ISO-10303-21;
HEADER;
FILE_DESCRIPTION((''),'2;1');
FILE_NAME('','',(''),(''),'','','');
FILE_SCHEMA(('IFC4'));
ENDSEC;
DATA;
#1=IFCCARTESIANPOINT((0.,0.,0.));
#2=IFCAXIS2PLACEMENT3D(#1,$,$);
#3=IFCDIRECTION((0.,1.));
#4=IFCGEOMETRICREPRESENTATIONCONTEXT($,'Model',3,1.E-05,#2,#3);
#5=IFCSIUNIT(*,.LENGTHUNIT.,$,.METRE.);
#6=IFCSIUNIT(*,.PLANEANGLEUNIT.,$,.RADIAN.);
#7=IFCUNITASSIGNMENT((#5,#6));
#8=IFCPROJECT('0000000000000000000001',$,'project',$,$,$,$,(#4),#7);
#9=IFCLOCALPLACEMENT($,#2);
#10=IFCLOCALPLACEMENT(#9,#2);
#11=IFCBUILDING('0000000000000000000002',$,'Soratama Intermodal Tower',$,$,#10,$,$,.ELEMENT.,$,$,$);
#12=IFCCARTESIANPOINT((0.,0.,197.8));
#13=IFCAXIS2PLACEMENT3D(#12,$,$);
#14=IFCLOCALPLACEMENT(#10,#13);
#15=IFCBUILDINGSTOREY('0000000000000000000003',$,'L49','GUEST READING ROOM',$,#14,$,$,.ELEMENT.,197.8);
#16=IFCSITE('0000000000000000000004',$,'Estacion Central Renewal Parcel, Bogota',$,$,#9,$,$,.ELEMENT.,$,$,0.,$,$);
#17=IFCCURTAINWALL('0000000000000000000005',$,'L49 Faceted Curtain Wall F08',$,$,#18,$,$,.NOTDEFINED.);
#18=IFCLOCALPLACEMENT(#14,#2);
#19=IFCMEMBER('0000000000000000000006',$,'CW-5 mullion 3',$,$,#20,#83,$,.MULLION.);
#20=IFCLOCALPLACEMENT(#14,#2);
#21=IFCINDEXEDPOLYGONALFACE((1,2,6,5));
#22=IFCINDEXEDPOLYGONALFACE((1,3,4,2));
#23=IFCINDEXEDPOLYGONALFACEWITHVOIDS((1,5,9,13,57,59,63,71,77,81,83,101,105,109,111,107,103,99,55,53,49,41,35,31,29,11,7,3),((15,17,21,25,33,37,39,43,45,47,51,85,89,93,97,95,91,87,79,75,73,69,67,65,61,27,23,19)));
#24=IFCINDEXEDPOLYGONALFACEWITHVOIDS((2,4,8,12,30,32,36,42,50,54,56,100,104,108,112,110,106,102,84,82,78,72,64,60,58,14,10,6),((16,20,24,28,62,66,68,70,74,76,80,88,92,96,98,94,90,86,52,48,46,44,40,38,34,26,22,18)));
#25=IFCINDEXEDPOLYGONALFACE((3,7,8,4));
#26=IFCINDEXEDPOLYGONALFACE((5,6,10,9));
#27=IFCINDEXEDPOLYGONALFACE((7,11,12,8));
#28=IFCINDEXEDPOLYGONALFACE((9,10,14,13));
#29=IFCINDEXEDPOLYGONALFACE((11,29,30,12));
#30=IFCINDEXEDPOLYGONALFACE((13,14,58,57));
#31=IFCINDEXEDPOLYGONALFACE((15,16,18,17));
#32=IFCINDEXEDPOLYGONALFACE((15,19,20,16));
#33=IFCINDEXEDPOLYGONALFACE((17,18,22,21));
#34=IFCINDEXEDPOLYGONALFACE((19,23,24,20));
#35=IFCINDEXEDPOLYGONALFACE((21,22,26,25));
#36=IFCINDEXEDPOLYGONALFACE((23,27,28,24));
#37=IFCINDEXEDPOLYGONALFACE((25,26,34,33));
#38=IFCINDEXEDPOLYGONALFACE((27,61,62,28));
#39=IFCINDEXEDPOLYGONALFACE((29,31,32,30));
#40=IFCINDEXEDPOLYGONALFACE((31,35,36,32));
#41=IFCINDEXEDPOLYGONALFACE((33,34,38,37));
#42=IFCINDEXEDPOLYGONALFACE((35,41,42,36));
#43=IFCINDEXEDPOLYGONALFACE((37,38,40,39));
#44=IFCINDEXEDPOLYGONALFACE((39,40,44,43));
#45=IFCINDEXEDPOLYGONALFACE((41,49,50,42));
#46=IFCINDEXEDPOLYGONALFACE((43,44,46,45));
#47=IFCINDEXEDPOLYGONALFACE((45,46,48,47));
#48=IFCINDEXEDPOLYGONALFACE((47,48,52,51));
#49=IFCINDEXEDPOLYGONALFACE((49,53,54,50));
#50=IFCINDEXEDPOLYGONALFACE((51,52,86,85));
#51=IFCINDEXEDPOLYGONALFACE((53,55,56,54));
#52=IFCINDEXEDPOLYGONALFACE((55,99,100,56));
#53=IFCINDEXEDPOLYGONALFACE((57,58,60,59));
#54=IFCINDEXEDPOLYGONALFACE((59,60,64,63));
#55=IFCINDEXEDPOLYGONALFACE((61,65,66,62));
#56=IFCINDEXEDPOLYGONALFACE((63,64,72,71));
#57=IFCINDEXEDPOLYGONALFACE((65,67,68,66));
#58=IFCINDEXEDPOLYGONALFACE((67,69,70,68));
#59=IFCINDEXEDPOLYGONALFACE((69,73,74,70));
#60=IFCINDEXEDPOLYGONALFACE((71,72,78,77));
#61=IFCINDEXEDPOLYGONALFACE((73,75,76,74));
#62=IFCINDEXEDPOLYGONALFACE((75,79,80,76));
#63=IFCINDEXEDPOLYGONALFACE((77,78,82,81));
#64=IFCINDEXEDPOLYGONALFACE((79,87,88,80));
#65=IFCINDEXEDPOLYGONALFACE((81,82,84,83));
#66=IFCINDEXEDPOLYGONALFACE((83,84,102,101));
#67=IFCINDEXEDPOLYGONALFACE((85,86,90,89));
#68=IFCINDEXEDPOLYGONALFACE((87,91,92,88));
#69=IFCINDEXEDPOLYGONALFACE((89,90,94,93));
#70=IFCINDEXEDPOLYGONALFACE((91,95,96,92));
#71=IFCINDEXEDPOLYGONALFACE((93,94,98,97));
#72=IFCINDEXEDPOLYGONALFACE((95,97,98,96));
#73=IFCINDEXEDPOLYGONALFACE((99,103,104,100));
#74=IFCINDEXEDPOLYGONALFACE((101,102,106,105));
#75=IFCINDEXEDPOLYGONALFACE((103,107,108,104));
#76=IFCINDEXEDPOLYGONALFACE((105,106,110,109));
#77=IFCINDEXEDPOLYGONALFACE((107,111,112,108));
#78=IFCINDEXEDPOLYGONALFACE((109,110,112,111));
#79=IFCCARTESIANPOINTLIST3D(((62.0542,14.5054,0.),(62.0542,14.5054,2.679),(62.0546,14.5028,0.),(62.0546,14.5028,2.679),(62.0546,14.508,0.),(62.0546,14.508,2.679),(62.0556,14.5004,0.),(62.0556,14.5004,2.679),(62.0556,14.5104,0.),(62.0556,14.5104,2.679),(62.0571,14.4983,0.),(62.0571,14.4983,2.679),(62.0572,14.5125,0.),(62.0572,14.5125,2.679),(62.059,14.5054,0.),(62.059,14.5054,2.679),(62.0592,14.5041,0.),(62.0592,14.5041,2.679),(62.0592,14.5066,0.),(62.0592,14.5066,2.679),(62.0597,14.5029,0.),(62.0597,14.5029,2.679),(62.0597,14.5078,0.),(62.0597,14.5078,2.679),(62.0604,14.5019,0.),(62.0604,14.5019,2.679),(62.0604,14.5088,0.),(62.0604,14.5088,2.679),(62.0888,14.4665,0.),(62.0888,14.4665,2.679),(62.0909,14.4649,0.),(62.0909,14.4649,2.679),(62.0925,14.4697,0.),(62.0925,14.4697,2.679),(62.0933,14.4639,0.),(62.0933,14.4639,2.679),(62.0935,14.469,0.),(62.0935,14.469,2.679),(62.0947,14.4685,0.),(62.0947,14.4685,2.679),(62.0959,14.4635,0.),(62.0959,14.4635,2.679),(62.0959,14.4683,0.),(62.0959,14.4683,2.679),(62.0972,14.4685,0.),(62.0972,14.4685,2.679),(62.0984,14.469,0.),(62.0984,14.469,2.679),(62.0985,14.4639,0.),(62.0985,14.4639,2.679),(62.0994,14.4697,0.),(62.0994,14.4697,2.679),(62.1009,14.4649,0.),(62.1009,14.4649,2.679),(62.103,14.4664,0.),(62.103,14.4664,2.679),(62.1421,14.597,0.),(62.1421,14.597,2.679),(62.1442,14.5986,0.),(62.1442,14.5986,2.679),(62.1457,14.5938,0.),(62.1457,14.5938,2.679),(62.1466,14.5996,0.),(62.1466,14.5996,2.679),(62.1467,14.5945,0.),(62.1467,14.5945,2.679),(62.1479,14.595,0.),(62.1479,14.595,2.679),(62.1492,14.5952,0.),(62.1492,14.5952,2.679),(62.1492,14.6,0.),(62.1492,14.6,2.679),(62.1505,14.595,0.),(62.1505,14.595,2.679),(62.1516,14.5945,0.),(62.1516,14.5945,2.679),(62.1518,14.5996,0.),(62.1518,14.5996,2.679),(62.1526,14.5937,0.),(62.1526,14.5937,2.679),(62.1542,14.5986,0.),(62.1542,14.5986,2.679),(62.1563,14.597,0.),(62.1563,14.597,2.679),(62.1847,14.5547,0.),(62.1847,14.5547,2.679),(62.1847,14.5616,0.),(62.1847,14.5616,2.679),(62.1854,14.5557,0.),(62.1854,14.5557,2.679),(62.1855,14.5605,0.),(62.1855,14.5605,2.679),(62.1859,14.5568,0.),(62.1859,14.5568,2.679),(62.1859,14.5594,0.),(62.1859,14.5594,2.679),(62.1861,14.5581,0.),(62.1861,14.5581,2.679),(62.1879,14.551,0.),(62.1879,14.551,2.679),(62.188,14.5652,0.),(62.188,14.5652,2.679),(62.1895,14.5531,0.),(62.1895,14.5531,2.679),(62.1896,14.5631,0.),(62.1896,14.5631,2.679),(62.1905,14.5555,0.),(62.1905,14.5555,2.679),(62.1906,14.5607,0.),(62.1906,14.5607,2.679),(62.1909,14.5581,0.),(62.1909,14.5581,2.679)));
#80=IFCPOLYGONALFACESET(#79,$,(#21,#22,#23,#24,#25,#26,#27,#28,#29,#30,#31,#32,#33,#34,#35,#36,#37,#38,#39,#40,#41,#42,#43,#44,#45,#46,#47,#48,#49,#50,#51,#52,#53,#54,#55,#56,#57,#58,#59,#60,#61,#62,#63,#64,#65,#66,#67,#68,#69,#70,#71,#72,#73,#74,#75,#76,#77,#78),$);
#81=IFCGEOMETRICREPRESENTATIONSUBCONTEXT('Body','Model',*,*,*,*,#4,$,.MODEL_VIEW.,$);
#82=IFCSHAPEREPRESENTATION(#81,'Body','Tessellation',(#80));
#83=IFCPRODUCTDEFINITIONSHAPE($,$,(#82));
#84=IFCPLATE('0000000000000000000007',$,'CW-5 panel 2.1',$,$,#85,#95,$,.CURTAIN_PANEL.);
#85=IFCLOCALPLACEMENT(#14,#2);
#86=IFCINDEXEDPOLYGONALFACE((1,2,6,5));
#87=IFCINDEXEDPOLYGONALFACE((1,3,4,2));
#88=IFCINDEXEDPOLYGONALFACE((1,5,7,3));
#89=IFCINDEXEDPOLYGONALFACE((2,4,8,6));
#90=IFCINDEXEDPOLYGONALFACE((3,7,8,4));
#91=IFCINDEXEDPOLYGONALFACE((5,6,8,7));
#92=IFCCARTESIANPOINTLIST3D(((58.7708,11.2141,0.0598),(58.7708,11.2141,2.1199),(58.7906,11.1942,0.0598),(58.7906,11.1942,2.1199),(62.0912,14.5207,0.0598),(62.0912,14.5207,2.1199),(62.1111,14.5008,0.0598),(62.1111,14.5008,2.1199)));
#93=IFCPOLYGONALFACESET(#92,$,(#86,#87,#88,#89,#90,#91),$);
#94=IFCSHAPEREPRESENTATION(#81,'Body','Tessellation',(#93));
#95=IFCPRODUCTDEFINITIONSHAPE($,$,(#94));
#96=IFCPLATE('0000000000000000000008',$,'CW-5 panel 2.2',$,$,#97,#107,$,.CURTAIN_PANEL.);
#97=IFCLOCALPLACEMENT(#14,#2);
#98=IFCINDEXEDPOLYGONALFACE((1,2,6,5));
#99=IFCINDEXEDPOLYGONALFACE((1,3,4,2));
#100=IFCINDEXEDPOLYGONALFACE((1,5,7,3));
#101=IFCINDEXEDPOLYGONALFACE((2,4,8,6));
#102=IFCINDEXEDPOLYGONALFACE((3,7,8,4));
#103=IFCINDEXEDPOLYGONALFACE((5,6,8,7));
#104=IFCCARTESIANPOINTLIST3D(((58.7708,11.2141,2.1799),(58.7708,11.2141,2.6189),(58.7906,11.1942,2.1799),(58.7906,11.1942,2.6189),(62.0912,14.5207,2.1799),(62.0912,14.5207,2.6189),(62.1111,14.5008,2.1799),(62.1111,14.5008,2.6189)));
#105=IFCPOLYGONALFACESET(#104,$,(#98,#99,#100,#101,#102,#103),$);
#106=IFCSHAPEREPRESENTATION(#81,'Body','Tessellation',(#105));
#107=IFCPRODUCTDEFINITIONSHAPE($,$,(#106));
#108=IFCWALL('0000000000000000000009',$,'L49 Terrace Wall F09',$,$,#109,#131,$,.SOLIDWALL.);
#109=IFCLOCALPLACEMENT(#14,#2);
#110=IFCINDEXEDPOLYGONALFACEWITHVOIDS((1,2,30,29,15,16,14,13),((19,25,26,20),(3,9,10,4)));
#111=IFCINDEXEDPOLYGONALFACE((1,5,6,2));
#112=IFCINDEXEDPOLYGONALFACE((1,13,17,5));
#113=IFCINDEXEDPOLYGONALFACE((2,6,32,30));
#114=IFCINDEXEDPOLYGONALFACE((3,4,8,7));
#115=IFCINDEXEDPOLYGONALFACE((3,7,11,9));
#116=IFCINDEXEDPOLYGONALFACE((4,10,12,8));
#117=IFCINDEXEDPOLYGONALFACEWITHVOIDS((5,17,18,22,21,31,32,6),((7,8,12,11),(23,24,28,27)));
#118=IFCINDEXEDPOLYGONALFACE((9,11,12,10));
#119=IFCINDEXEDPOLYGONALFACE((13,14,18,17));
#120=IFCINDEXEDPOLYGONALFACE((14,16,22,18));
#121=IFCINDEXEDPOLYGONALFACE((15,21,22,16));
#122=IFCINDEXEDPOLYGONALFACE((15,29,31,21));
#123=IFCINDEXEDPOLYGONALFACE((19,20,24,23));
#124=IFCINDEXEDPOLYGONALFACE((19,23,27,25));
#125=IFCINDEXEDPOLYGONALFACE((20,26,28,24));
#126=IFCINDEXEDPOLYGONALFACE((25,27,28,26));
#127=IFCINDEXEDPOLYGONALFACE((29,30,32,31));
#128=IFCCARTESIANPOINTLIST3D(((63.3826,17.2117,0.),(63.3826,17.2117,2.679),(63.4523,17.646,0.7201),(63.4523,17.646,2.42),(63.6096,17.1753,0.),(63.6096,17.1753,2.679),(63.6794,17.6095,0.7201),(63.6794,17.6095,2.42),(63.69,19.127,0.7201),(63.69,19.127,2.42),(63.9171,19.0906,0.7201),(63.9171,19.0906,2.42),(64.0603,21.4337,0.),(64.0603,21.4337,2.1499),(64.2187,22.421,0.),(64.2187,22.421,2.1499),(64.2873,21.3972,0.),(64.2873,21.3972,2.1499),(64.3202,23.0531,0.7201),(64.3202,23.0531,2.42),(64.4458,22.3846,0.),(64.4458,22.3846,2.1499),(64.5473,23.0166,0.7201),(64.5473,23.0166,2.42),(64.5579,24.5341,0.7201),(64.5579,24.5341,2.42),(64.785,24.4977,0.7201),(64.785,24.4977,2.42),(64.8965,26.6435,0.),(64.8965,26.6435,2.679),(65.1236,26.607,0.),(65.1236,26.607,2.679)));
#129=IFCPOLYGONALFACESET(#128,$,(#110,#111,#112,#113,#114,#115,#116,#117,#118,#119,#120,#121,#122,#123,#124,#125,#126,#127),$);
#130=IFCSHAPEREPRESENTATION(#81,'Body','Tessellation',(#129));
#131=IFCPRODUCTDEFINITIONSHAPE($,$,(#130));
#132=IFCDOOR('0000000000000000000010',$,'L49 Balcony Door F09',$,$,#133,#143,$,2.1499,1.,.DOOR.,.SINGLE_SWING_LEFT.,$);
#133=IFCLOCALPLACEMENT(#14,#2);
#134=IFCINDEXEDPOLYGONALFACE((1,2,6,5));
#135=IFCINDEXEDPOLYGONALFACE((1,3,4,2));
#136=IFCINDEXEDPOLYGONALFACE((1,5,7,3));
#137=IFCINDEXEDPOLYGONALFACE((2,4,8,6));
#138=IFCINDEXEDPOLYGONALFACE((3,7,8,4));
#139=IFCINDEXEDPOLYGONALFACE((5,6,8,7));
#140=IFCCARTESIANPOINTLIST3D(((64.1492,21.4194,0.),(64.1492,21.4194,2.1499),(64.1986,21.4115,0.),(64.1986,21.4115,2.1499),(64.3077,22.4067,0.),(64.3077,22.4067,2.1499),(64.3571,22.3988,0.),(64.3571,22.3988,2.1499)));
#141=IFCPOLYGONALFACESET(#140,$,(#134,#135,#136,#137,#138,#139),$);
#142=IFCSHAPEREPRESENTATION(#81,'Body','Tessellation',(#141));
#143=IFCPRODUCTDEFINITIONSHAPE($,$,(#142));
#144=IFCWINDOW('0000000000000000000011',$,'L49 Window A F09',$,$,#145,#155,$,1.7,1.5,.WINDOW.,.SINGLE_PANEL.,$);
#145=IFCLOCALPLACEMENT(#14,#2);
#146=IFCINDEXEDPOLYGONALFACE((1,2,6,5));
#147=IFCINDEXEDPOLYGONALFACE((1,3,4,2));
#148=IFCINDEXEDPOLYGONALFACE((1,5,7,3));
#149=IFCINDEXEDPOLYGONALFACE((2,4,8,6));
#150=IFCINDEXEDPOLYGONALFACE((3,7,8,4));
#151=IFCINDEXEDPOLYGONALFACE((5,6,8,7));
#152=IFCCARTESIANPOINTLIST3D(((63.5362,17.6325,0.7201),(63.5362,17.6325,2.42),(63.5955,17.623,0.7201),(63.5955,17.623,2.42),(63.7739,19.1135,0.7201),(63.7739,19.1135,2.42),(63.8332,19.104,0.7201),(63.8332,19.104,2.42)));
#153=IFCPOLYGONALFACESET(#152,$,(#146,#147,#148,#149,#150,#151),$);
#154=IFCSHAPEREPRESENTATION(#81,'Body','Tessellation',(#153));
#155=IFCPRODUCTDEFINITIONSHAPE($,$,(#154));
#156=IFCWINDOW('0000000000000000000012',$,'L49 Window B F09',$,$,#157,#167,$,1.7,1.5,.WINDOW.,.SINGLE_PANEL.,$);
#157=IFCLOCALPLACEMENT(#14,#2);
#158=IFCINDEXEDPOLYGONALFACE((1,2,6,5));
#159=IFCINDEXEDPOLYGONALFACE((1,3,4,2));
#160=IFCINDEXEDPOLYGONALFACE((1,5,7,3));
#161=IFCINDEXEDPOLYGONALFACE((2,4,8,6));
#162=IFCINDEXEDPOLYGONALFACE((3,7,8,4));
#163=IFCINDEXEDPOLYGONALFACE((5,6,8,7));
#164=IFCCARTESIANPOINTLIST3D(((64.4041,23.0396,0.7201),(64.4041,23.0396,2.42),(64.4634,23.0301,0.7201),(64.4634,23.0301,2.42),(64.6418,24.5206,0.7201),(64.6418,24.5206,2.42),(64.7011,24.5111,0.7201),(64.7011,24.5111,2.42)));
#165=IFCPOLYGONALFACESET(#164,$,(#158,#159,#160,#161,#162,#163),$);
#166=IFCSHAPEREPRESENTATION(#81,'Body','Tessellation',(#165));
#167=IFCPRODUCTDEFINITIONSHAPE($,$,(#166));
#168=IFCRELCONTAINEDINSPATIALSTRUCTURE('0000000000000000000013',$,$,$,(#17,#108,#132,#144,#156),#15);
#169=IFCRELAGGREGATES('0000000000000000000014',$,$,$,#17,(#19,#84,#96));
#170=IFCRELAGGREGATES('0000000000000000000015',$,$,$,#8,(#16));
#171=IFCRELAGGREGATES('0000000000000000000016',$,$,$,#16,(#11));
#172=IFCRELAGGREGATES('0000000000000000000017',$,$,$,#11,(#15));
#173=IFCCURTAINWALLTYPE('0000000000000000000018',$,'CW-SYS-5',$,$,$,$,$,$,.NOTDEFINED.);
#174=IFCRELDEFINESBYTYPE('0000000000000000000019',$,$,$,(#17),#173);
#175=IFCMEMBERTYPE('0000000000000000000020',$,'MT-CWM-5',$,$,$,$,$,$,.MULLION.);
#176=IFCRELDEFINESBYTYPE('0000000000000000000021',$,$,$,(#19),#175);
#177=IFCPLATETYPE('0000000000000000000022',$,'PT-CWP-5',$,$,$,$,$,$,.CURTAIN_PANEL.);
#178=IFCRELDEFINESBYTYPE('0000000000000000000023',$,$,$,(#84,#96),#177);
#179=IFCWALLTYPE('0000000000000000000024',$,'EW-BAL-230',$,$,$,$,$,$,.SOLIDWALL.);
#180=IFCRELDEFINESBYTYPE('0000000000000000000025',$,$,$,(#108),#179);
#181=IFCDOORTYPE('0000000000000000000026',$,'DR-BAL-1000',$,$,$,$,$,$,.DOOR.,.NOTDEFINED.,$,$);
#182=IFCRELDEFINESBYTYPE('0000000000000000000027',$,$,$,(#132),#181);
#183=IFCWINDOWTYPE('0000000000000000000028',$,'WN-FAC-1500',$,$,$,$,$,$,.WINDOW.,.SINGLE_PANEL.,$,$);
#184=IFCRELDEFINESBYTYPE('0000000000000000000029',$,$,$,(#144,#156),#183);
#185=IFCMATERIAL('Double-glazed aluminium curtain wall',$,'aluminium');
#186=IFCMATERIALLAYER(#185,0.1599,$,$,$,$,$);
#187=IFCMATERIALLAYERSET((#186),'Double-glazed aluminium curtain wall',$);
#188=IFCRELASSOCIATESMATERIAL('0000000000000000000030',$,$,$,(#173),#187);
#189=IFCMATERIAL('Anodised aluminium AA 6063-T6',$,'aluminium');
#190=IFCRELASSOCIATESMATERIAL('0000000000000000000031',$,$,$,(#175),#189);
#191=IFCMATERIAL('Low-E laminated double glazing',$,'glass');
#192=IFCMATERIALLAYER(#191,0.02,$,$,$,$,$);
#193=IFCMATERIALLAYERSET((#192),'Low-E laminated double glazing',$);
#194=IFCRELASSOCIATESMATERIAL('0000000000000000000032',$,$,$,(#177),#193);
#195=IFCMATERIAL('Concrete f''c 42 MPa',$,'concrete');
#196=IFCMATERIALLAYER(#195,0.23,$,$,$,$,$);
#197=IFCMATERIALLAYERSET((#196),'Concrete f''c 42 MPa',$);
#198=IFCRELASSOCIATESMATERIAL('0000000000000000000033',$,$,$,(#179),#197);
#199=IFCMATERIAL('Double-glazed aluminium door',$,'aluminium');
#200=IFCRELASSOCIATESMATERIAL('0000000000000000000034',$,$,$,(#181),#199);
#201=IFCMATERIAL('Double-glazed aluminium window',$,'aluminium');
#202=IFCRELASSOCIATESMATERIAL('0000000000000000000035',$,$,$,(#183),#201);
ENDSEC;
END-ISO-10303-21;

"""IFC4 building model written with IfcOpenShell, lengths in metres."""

from ifc_helpers import new_model, si_unit, direction, frame, frame_2d, origin, origin_2d, place, context, subcontext, project, spatial, rectangle, hollow_rectangle, extrude, material, layer, layer_set, material_profile, profile_set, type_object, element, fill, aggregate, save


model = new_model("IFC4")

# Units and contexts
model_context = context("Model", 3, precision=1e-05, world=origin(), true_north=direction((0.0, 1.0)))
body_context = subcontext(model_context, "Body", "Model", "MODEL_VIEW")
ifc_project = project(units=[si_unit("LENGTHUNIT", "METRE"), si_unit("PLANEANGLEUNIT", "RADIAN")], contexts=[model_context])

# Site, building, storey
site_placement = place(None, origin())
site = spatial("IfcSite", under=ifc_project, at=site_placement, Name="Estacion Central Renewal Parcel, Bogota", CompositionType="ELEMENT", RefElevation=0.0)
building_placement = place(site_placement, origin())
building = spatial("IfcBuilding", under=site, at=building_placement, Name="Soratama Intermodal Tower", CompositionType="ELEMENT")
storey_placement = place(building_placement, frame((0.0, 0.0, 197.8)))
storey = spatial("IfcBuildingStorey", under=building, at=storey_placement, Name="L49", Description="GUEST READING ROOM", CompositionType="ELEMENT", Elevation=197.8)

# Curtain wall, member, plates
ifc_material_1 = material(Name="Double-glazed aluminium curtain wall", Category="aluminium")
ifc_layer_1 = layer(ifc_material_1, 0.1599)
ifc_layer_set_1 = layer_set([ifc_layer_1], Name="Double-glazed aluminium curtain wall")
curtain_wall_type = type_object("IfcCurtainWallType", Name="CW-SYS-5", PredefinedType="NOTDEFINED", material=ifc_layer_set_1)
curtain_wall_placement = place(storey_placement, origin())
curtain_wall = element("IfcCurtainWall", 1, at=curtain_wall_placement, inside=storey, type_object=curtain_wall_type, Name="L49 Faceted Curtain Wall F08", PredefinedType="NOTDEFINED")
ifc_material_2 = material(Name="Anodised aluminium AA 6063-T6", Category="aluminium")
ifc_material_profile_1 = material_profile(ifc_material_2, hollow_rectangle(XDim=0.0649, YDim=0.1399, WallThickness=0.0049, InnerFilletRadius=0.0049, OuterFilletRadius=0.01, at=origin_2d()), Name="CWM140X65X5")
ifc_profile_set_1 = profile_set([ifc_material_profile_1], Name="Anodised aluminium AA 6063-T6")
member_type = type_object("IfcMemberType", Name="MT-CWM-5", PredefinedType="MULLION", material=ifc_profile_set_1)
member_placement = place(storey_placement, frame((62.1226, 14.5317, 0.0), z_axis=(0.0, 0.0, 1.0), x_axis=(-0.705624, 0.708587, 0.0)))
member = element("IfcMember", 2, at=member_placement, type_object=member_type, Name="CW-5 mullion 3", PredefinedType="MULLION", context=body_context, shape_type="SweptSolid", body=[
    extrude(hollow_rectangle(XDim=0.0649, YDim=0.1399, WallThickness=0.0049, InnerFilletRadius=0.0049, OuterFilletRadius=0.01, at=origin_2d()), origin(), (0.0, 0.0, 1.0), 2.679),
])
ifc_material_3 = material(Name="Low-E laminated double glazing", Category="glass")
ifc_layer_2 = layer(ifc_material_3, 0.02)
ifc_layer_set_2 = layer_set([ifc_layer_2], Name="Low-E laminated double glazing")
plate_type = type_object("IfcPlateType", Name="PT-CWP-5", PredefinedType="CURTAIN_PANEL", material=ifc_layer_set_2)
plate_1_placement = place(storey_placement, frame((60.4409, 12.8574, 0.0598), z_axis=(0.0, 0.0, 1.0), x_axis=(0.708587, 0.705624, 0.0)))
plate_1 = element("IfcPlate", 3, at=plate_1_placement, type_object=plate_type, Name="CW-5 panel 2.1", PredefinedType="CURTAIN_PANEL", context=body_context, shape_type="SweptSolid", body=[
    extrude(rectangle(XDim=4.686, YDim=0.0281, at=origin_2d()), origin(), (0.0, 0.0, 1.0), 2.0601),
])
plate_2_placement = place(storey_placement, frame((60.4409, 12.8574, 2.1799), z_axis=(0.0, 0.0, 1.0), x_axis=(0.708587, 0.705624, 0.0)))
plate_2 = element("IfcPlate", 4, at=plate_2_placement, type_object=plate_type, Name="CW-5 panel 2.2", PredefinedType="CURTAIN_PANEL", context=body_context, shape_type="SweptSolid", body=[
    extrude(rectangle(XDim=4.686, YDim=0.0281, at=origin_2d()), origin(), (0.0, 0.0, 1.0), 0.439),
])
aggregate(curtain_wall, [member, plate_1, plate_2])

# Wall, openings, door, windows
ifc_material_4 = material(Name="Concrete f'c 42 MPa", Category="concrete")
ifc_layer_3 = layer(ifc_material_4, 0.23)
ifc_layer_set_3 = layer_set([ifc_layer_3], Name="Concrete f'c 42 MPa")
wall_type_1 = type_object("IfcWallType", Name="EW-BAL-230", PredefinedType="SOLIDWALL", material=ifc_layer_set_3)
wall_1_placement = place(storey_placement, frame((63.4961, 17.1934, 0.0), z_axis=(0.0, 0.0, 1.0), x_axis=(0.158486, 0.987361, 0.0)))
wall_1 = element("IfcWall", 5, at=wall_1_placement, inside=storey, type_object=wall_type_1, Name="L49 Terrace Wall F09", PredefinedType="SOLIDWALL", context=body_context, shape_type="SweptSolid", body=[
    extrude(rectangle(XDim=9.5525, YDim=0.23, at=frame_2d((4.7764, 0.0))), origin(), (0.0, 0.0, 1.0), 2.679),
])
opening_1_placement = place(wall_1_placement, frame((4.2761, 0.0, 0.0)))
opening_1 = element("IfcOpeningElement", 6, at=opening_1_placement, cuts=wall_1, PredefinedType="OPENING", context=body_context, shape_type="SweptSolid", body=[
    extrude(rectangle(XDim=1.0, YDim=2.1499, at=frame_2d((0.5, 1.075))), frame((0.0, 0.125, 0.0), z_axis=(0.0, -1.0, 0.0), x_axis=(1.0, 0.0, 0.0)), (0.0, 0.0, 1.0), 0.25),
])
opening_2_placement = place(wall_1_placement, frame((0.4399, 0.0, 0.72)))
opening_2 = element("IfcOpeningElement", 7, at=opening_2_placement, cuts=wall_1, PredefinedType="OPENING", context=body_context, shape_type="SweptSolid", body=[
    extrude(rectangle(XDim=1.5, YDim=1.7, at=frame_2d((0.75, 0.8501))), frame((0.0, 0.125, 0.0), z_axis=(0.0, -1.0, 0.0), x_axis=(1.0, 0.0, 0.0)), (0.0, 0.0, 1.0), 0.25),
])
opening_3_placement = place(wall_1_placement, frame((5.9163, 0.0, 0.72)))
opening_3 = element("IfcOpeningElement", 8, at=opening_3_placement, cuts=wall_1, PredefinedType="OPENING", context=body_context, shape_type="SweptSolid", body=[
    extrude(rectangle(XDim=1.5, YDim=1.7, at=frame_2d((0.75, 0.8501))), frame((0.0, 0.125, 0.0), z_axis=(0.0, -1.0, 0.0), x_axis=(1.0, 0.0, 0.0)), (0.0, 0.0, 1.0), 0.25),
])
ifc_material_5 = material(Name="Double-glazed aluminium door", Category="aluminium")
door_type_1 = type_object("IfcDoorType", Name="DR-BAL-1000", OperationType="NOTDEFINED", PredefinedType="DOOR", material=ifc_material_5)
door_1_placement = place(opening_1_placement, origin())
door_1 = element("IfcDoor", 9, at=door_1_placement, inside=storey, type_object=door_type_1, Name="L49 Balcony Door F09", OperationType="SINGLE_SWING_LEFT", OverallHeight=2.1499, OverallWidth=1.0, PredefinedType="DOOR", context=body_context, shape_type="SweptSolid", body=[
    extrude(rectangle(XDim=1.0, YDim=2.1499, at=frame_2d((0.5, 1.075))), frame((0.0, 0.0249, 0.0), z_axis=(0.0, -1.0, 0.0), x_axis=(1.0, 0.0, 0.0)), (0.0, 0.0, 1.0), 0.05),
])
fill(opening_1, door_1)
ifc_material_6 = material(Name="Double-glazed aluminium window", Category="aluminium")
window_type_1 = type_object("IfcWindowType", Name="WN-FAC-1500", PartitioningType="SINGLE_PANEL", PredefinedType="WINDOW", material=ifc_material_6)
window_1_placement = place(opening_2_placement, origin())
window_1 = element("IfcWindow", 10, at=window_1_placement, inside=storey, type_object=window_type_1, Name="L49 Window A F09", OverallHeight=1.7, OverallWidth=1.5, PartitioningType="SINGLE_PANEL", PredefinedType="WINDOW", context=body_context, shape_type="SweptSolid", body=[
    extrude(rectangle(XDim=1.5, YDim=1.7, at=frame_2d((0.75, 0.8501))), frame((0.0, 0.03, 0.0), z_axis=(0.0, -1.0, 0.0), x_axis=(1.0, 0.0, 0.0)), (0.0, 0.0, 1.0), 0.0601),
])
fill(opening_2, window_1)
window_2_placement = place(opening_3_placement, origin())
window_2 = element("IfcWindow", 11, at=window_2_placement, inside=storey, type_object=window_type_1, Name="L49 Window B F09", OverallHeight=1.7, OverallWidth=1.5, PartitioningType="SINGLE_PANEL", PredefinedType="WINDOW", context=body_context, shape_type="SweptSolid", body=[
    extrude(rectangle(XDim=1.5, YDim=1.7, at=frame_2d((0.75, 0.8501))), frame((0.0, 0.03, 0.0), z_axis=(0.0, -1.0, 0.0), x_axis=(1.0, 0.0, 0.0)), (0.0, 0.0, 1.0), 0.0601),
])
fill(opening_3, window_2)

save(model, "model.ifc")
